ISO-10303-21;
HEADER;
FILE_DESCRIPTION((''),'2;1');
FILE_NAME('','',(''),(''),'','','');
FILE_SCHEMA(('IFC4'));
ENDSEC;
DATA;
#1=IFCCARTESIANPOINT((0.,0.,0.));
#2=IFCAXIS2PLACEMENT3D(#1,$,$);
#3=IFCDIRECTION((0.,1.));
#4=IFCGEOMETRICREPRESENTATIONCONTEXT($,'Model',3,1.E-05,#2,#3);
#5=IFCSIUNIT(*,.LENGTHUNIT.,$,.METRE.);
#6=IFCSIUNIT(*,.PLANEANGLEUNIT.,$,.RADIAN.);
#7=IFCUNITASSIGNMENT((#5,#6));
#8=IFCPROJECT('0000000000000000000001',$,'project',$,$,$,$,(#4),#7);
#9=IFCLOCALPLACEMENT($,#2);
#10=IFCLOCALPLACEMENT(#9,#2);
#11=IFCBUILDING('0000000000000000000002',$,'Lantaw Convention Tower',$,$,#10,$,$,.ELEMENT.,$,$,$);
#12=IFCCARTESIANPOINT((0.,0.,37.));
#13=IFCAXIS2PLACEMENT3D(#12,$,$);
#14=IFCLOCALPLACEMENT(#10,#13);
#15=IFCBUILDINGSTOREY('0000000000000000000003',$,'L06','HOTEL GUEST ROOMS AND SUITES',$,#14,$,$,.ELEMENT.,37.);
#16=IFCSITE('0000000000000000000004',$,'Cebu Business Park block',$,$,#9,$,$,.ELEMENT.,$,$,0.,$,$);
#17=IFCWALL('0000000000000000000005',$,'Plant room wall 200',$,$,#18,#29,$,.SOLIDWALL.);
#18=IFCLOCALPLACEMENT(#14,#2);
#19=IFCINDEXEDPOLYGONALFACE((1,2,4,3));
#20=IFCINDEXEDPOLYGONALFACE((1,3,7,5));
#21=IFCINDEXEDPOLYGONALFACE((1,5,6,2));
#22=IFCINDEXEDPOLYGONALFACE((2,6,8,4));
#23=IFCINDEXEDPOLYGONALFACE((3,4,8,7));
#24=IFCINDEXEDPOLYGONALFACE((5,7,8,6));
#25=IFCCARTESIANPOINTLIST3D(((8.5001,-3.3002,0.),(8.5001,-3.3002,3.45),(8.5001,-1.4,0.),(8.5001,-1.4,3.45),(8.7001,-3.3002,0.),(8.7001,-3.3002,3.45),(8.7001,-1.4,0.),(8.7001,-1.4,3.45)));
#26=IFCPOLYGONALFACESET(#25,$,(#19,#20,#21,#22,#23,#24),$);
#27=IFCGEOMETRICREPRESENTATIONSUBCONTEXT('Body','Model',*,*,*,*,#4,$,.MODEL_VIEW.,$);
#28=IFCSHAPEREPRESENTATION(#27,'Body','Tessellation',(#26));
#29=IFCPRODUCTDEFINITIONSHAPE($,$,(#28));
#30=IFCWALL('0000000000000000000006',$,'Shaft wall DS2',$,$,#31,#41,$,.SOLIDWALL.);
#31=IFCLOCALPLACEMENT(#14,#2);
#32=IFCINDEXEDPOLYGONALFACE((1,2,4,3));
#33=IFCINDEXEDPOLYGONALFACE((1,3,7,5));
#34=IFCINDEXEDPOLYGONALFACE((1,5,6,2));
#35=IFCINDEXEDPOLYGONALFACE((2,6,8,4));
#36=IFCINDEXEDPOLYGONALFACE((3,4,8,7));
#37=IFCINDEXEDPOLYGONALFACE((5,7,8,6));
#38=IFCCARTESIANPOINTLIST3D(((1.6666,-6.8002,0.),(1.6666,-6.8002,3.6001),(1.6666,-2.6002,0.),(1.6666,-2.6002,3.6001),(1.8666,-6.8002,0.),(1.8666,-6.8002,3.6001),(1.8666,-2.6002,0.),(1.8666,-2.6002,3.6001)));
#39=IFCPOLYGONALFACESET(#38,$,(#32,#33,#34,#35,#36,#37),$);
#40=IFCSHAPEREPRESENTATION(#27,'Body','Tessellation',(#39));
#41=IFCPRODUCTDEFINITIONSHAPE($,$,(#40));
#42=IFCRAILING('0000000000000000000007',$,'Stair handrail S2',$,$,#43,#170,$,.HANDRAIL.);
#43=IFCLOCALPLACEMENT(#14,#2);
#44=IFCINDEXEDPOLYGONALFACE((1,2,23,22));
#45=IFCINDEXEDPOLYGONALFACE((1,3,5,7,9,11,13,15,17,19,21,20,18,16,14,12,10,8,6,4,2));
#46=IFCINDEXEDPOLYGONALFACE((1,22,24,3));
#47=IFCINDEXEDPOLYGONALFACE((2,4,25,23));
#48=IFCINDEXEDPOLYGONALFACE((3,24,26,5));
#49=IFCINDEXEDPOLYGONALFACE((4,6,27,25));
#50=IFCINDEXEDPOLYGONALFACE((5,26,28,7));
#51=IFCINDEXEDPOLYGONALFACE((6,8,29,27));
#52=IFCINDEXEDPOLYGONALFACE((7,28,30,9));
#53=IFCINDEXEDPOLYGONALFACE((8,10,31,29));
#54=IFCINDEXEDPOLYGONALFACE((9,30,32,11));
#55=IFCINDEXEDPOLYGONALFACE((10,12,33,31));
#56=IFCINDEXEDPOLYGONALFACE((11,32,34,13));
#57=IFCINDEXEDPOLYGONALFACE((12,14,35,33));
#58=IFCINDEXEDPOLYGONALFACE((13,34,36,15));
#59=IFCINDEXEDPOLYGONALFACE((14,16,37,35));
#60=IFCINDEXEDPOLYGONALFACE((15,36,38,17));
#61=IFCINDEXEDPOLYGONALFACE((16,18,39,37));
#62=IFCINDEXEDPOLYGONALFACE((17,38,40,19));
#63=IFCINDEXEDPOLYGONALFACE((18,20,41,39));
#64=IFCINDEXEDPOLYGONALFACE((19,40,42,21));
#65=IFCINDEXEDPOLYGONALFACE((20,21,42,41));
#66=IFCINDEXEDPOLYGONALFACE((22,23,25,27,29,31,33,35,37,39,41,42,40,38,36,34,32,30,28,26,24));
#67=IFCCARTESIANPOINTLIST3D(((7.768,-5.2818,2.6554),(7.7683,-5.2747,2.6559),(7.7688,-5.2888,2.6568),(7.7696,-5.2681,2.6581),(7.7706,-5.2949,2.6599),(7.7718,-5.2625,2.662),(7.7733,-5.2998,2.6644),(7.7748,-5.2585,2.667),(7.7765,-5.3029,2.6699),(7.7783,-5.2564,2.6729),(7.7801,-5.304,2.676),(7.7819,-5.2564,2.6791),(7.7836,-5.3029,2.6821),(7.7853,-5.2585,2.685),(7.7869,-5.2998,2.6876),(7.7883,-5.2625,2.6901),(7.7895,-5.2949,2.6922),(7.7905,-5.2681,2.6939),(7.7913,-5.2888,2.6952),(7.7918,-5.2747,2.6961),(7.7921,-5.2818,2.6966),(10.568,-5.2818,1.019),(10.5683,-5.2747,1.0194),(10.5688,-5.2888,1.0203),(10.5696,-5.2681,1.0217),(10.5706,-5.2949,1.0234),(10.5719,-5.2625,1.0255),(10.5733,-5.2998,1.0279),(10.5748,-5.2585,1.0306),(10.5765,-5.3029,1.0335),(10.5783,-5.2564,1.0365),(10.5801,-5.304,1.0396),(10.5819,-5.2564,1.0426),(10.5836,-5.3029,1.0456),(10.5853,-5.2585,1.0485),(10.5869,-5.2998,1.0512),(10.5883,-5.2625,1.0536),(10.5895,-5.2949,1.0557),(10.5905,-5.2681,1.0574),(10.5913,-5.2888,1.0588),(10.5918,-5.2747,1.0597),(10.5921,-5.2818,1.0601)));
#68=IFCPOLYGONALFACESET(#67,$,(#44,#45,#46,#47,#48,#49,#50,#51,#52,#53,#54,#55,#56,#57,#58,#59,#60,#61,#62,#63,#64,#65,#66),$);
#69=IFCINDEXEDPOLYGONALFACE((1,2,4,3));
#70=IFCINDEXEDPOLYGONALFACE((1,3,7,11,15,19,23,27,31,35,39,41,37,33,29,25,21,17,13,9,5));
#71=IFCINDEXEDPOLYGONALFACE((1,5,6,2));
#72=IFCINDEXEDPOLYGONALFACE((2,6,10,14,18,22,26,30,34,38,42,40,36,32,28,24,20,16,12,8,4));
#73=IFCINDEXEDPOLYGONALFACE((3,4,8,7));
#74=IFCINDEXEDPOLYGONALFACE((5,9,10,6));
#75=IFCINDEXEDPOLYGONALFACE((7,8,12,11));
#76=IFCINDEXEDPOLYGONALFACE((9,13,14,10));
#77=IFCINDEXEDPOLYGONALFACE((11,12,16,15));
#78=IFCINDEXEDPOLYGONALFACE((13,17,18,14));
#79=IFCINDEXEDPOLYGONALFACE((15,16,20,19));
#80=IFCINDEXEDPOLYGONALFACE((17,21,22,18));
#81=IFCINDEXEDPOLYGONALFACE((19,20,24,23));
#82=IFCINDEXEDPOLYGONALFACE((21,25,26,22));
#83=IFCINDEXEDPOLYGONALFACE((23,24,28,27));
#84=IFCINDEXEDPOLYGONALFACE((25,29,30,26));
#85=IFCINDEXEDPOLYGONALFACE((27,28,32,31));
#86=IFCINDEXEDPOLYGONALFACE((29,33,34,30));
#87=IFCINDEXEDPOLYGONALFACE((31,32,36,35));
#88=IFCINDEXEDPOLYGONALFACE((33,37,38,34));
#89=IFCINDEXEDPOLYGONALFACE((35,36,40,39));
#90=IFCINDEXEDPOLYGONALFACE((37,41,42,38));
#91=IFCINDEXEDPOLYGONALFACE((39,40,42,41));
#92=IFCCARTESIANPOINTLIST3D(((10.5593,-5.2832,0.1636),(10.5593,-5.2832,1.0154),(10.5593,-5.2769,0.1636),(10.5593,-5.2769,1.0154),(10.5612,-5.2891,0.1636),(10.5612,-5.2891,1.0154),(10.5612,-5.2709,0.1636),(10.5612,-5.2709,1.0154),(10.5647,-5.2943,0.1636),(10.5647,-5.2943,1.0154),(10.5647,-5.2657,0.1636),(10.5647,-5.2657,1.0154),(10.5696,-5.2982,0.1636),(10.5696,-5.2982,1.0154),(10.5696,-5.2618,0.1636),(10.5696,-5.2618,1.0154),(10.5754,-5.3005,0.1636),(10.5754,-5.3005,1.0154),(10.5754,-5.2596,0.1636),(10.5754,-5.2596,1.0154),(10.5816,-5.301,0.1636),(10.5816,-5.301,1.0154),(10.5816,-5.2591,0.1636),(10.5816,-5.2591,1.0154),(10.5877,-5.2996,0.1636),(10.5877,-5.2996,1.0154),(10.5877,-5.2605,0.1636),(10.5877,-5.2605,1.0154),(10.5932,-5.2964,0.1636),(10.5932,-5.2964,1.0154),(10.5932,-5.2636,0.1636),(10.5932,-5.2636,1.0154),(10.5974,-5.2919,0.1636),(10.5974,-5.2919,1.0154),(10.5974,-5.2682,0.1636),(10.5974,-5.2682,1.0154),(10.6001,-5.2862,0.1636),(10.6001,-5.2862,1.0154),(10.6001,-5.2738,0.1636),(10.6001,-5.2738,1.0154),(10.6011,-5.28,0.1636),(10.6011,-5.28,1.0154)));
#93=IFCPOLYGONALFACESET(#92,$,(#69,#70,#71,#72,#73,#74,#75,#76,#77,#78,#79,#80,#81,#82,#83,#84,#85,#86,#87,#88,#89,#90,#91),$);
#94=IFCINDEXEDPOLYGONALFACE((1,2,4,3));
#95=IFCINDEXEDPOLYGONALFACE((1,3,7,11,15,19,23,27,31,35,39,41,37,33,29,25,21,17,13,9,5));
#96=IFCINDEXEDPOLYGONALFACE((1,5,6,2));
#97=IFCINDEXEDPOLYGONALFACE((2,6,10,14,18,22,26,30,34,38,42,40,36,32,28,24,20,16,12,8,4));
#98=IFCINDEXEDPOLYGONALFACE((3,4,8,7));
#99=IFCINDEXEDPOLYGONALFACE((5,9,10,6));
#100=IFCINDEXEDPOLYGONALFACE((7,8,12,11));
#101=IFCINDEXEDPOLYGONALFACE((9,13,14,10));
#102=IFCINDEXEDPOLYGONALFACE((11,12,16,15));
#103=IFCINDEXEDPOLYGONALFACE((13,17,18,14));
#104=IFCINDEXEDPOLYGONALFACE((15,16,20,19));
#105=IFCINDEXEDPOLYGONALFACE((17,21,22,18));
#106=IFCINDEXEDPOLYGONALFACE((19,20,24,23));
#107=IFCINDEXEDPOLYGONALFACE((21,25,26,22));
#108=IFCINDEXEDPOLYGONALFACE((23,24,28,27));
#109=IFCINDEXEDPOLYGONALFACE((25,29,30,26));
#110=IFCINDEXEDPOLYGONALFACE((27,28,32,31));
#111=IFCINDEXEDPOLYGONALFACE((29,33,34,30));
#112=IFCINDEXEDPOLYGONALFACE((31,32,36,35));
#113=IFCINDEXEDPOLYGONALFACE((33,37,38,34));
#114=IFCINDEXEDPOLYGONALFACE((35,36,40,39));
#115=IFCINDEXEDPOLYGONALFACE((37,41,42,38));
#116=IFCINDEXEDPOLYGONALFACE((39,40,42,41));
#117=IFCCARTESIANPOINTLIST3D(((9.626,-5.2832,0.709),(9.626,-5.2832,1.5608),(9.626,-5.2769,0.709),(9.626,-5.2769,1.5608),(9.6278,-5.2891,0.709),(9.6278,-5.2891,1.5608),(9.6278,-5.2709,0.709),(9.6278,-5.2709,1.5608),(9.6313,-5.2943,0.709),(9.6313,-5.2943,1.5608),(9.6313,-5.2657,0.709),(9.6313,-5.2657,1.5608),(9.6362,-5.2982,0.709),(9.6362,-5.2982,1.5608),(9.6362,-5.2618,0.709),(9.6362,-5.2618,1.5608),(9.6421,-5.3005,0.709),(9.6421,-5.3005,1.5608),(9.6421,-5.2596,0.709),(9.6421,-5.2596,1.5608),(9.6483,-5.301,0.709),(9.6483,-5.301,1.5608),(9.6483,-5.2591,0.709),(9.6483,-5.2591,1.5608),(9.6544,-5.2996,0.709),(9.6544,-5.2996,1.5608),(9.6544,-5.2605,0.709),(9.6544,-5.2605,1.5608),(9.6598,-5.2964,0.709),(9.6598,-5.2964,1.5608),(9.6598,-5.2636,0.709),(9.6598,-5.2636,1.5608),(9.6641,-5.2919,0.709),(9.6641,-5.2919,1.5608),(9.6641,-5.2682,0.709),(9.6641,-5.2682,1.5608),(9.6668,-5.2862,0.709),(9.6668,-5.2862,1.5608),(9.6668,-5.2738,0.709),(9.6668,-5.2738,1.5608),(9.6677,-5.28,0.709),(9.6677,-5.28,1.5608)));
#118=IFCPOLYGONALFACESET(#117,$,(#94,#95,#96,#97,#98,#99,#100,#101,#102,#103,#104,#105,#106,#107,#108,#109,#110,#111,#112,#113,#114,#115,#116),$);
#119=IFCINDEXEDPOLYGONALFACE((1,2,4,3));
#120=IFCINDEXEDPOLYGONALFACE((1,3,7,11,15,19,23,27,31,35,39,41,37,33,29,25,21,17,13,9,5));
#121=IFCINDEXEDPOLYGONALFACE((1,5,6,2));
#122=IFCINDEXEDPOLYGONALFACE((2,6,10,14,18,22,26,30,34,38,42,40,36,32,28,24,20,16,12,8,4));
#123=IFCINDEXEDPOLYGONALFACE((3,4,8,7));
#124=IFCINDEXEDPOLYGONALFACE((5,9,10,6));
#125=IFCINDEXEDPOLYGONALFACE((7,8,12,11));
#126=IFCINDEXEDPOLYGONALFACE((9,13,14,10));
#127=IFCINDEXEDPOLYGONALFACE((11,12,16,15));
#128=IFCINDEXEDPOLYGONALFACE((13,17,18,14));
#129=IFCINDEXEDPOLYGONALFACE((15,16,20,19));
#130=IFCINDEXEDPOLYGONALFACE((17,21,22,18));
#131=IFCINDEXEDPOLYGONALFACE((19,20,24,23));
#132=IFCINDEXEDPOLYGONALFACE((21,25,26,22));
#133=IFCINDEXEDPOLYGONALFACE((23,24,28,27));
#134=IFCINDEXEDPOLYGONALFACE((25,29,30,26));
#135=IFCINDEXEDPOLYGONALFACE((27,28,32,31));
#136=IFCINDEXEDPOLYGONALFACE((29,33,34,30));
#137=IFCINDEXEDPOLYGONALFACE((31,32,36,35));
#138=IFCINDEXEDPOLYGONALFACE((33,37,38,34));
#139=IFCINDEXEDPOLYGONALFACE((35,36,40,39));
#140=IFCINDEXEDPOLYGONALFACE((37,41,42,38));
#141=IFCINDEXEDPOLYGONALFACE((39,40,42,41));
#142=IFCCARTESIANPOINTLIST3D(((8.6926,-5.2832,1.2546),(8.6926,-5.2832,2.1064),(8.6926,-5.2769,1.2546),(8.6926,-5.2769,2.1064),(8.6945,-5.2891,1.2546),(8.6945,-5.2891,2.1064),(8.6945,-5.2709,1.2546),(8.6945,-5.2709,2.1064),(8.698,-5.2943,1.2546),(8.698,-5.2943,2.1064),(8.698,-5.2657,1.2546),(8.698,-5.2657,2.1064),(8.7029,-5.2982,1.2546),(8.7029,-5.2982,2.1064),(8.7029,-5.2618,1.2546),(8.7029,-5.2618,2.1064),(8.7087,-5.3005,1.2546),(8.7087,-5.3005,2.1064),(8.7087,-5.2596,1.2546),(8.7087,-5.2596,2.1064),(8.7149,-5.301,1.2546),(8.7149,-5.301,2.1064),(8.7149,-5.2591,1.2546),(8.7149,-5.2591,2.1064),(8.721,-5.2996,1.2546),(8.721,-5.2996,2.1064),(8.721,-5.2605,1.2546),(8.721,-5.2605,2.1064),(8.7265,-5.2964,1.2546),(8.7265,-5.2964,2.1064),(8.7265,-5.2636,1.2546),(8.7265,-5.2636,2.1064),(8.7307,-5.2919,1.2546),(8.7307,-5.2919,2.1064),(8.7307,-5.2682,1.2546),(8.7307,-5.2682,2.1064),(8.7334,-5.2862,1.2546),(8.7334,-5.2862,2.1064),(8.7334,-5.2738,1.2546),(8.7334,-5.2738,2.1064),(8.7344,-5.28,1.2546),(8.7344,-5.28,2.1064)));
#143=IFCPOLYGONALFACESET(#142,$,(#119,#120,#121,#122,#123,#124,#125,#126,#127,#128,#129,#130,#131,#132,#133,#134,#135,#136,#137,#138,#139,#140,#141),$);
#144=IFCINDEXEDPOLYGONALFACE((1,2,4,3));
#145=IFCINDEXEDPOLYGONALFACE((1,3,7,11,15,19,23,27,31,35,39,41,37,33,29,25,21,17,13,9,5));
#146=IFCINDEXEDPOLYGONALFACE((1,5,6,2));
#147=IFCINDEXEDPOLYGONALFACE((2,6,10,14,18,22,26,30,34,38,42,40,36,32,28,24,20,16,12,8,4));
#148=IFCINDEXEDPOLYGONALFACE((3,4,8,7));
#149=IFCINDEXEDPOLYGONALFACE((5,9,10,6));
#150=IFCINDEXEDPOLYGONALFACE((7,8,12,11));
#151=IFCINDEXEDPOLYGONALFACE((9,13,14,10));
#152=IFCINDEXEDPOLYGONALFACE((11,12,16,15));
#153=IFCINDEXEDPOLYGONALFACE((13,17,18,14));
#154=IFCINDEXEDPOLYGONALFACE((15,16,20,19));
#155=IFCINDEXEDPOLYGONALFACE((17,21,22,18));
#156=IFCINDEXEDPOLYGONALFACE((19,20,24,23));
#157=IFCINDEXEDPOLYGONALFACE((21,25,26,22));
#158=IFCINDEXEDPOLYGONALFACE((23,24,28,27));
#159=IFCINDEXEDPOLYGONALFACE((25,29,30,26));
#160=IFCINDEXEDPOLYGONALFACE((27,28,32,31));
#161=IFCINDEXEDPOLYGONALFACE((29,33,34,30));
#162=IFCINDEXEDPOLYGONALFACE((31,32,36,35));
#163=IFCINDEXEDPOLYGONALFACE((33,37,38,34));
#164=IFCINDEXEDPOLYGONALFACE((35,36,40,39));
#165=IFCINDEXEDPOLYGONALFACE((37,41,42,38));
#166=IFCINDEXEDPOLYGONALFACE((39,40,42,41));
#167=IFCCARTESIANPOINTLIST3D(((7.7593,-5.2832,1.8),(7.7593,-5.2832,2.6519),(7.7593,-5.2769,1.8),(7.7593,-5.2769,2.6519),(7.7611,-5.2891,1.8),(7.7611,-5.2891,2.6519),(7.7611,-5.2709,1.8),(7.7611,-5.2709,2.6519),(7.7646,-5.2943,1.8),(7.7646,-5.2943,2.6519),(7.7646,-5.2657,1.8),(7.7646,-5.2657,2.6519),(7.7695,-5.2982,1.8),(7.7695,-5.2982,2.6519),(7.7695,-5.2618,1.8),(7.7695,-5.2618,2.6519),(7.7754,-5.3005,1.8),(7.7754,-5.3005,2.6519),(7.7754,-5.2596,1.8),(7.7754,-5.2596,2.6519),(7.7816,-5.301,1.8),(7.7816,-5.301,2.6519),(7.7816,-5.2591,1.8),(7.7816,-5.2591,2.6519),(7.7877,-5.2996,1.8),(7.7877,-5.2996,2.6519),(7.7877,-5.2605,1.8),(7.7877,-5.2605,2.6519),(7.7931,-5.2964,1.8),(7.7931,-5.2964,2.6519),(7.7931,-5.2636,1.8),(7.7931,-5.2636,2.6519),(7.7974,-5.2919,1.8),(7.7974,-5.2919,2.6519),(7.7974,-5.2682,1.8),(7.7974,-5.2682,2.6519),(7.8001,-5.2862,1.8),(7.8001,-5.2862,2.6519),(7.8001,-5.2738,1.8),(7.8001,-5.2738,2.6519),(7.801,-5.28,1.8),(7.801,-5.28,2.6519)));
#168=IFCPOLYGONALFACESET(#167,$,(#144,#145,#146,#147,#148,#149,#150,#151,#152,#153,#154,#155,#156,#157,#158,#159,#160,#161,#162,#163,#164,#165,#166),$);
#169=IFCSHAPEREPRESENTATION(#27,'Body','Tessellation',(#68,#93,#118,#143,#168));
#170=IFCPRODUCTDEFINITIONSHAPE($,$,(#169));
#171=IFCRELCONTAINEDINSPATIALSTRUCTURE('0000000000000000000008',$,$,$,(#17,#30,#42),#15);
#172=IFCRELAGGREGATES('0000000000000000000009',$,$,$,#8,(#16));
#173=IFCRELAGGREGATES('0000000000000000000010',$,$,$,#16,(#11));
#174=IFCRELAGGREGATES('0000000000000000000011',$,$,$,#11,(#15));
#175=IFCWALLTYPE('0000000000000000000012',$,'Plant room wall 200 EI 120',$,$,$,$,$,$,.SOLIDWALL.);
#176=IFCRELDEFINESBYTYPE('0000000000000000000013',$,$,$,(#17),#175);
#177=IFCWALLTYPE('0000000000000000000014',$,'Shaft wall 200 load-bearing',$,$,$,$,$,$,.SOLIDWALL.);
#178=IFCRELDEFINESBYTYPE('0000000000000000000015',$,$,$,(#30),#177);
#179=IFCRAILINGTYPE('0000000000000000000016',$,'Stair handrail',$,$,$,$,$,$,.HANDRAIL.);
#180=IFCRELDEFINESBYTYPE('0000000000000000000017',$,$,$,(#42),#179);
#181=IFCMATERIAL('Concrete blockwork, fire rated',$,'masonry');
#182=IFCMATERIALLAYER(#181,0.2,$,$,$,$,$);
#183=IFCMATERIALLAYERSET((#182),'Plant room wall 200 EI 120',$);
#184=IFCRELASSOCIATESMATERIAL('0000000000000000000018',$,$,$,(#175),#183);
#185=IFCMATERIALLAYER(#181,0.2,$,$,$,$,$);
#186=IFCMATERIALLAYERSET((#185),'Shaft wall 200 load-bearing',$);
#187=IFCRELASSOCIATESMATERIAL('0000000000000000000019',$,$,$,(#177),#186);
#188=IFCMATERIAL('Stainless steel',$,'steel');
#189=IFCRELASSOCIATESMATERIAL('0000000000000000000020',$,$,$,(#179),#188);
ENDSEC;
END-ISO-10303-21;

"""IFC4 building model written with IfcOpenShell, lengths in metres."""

from ifc_helpers import new_model, si_unit, direction, frame, frame_2d, origin, origin_2d, place, context, subcontext, project, spatial, rectangle, circle, extrude, material, layer, layer_set, type_object, element, save


model = new_model("IFC4")

# Units and contexts
model_context = context("Model", 3, precision=1e-05, world=origin(), true_north=direction((0.0, 1.0)))
body_context = subcontext(model_context, "Body", "Model", "MODEL_VIEW")
ifc_project = project(units=[si_unit("LENGTHUNIT", "METRE"), si_unit("PLANEANGLEUNIT", "RADIAN")], contexts=[model_context])

# Site, building, storey
site_placement = place(None, origin())
site = spatial("IfcSite", under=ifc_project, at=site_placement, Name="Cebu Business Park block", CompositionType="ELEMENT", RefElevation=0.0)
building_placement = place(site_placement, origin())
building = spatial("IfcBuilding", under=site, at=building_placement, Name="Lantaw Convention Tower", CompositionType="ELEMENT")
storey_placement = place(building_placement, frame((0.0, 0.0, 37.0)))
storey = spatial("IfcBuildingStorey", under=building, at=storey_placement, Name="L06", Description="HOTEL GUEST ROOMS AND SUITES", CompositionType="ELEMENT", Elevation=37.0)

# Shared definitions
ifc_material_1 = material(Name="Concrete blockwork, fire rated", Category="masonry")
ifc_layer_1 = layer(ifc_material_1, 0.2)
ifc_layer_set_1 = layer_set([ifc_layer_1], Name="Plant room wall 200 EI 120")
wall_type_1 = type_object("IfcWallType", Name="Plant room wall 200 EI 120", PredefinedType="SOLIDWALL", material=ifc_layer_set_1)

# Walls
wall_1_placement = place(storey_placement, frame((8.6001, -1.3999, 0.0), z_axis=(0.0, 0.0, 1.0), x_axis=(0.0, -1.0, 0.0)))
element("IfcWall", 1, at=wall_1_placement, inside=storey, type_object=wall_type_1, Name="Plant room wall 200", PredefinedType="SOLIDWALL", context=body_context, shape_type="SweptSolid", body=[
    extrude(rectangle(XDim=1.9001, YDim=0.2, at=frame_2d((0.9502, 0.0))), origin(), (0.0, 0.0, 1.0), 3.45),
])
ifc_layer_2 = layer(ifc_material_1, 0.2)
ifc_layer_set_2 = layer_set([ifc_layer_2], Name="Shaft wall 200 load-bearing")
wall_type_2 = type_object("IfcWallType", Name="Shaft wall 200 load-bearing", PredefinedType="SOLIDWALL", material=ifc_layer_set_2)
wall_2_placement = place(storey_placement, frame((1.7666, -2.6001, 0.0), z_axis=(0.0, 0.0, 1.0), x_axis=(0.0, -1.0, 0.0)))
element("IfcWall", 2, at=wall_2_placement, inside=storey, type_object=wall_type_2, Name="Shaft wall DS2", PredefinedType="SOLIDWALL", context=body_context, shape_type="SweptSolid", body=[
    extrude(rectangle(XDim=4.2, YDim=0.2, at=frame_2d((2.1001, 0.0))), origin(), (0.0, 0.0, 1.0), 3.6001),
])

# Railing
ifc_material_2 = material(Name="Stainless steel", Category="steel")
railing_type = type_object("IfcRailingType", Name="Stair handrail", PredefinedType="HANDRAIL", material=ifc_material_2)
railing_1_placement = place(storey_placement, frame((10.5801, -5.28, 0.1636)))
element("IfcRailing", 3, at=railing_1_placement, inside=storey, type_object=railing_type, Name="Stair handrail S2", PredefinedType="HANDRAIL", context=body_context, shape_type="SweptSolid", body=[
    extrude(circle(Radius=0.0239, at=origin_2d()), frame((0.0, 0.0, 0.876), z_axis=(-0.863361, 0.0, 0.504587), x_axis=(0.0, -1.0, 0.0)), (0.0, 0.0, 1.0), 3.2432),
    extrude(circle(Radius=0.021, at=origin_2d()), origin(), (0.0, 0.0, 1.0), 0.8518),
    extrude(circle(Radius=0.021, at=origin_2d()), frame((-0.9333, 0.0, 0.5454)), (0.0, 0.0, 1.0), 0.8518),
    extrude(circle(Radius=0.021, at=origin_2d()), frame((-1.8667, 0.0, 1.0911)), (0.0, 0.0, 1.0), 0.8518),
    extrude(circle(Radius=0.021, at=origin_2d()), frame((-2.8, 0.0, 1.6365)), (0.0, 0.0, 1.0), 0.8518),
])

save(model, "model.ifc")
